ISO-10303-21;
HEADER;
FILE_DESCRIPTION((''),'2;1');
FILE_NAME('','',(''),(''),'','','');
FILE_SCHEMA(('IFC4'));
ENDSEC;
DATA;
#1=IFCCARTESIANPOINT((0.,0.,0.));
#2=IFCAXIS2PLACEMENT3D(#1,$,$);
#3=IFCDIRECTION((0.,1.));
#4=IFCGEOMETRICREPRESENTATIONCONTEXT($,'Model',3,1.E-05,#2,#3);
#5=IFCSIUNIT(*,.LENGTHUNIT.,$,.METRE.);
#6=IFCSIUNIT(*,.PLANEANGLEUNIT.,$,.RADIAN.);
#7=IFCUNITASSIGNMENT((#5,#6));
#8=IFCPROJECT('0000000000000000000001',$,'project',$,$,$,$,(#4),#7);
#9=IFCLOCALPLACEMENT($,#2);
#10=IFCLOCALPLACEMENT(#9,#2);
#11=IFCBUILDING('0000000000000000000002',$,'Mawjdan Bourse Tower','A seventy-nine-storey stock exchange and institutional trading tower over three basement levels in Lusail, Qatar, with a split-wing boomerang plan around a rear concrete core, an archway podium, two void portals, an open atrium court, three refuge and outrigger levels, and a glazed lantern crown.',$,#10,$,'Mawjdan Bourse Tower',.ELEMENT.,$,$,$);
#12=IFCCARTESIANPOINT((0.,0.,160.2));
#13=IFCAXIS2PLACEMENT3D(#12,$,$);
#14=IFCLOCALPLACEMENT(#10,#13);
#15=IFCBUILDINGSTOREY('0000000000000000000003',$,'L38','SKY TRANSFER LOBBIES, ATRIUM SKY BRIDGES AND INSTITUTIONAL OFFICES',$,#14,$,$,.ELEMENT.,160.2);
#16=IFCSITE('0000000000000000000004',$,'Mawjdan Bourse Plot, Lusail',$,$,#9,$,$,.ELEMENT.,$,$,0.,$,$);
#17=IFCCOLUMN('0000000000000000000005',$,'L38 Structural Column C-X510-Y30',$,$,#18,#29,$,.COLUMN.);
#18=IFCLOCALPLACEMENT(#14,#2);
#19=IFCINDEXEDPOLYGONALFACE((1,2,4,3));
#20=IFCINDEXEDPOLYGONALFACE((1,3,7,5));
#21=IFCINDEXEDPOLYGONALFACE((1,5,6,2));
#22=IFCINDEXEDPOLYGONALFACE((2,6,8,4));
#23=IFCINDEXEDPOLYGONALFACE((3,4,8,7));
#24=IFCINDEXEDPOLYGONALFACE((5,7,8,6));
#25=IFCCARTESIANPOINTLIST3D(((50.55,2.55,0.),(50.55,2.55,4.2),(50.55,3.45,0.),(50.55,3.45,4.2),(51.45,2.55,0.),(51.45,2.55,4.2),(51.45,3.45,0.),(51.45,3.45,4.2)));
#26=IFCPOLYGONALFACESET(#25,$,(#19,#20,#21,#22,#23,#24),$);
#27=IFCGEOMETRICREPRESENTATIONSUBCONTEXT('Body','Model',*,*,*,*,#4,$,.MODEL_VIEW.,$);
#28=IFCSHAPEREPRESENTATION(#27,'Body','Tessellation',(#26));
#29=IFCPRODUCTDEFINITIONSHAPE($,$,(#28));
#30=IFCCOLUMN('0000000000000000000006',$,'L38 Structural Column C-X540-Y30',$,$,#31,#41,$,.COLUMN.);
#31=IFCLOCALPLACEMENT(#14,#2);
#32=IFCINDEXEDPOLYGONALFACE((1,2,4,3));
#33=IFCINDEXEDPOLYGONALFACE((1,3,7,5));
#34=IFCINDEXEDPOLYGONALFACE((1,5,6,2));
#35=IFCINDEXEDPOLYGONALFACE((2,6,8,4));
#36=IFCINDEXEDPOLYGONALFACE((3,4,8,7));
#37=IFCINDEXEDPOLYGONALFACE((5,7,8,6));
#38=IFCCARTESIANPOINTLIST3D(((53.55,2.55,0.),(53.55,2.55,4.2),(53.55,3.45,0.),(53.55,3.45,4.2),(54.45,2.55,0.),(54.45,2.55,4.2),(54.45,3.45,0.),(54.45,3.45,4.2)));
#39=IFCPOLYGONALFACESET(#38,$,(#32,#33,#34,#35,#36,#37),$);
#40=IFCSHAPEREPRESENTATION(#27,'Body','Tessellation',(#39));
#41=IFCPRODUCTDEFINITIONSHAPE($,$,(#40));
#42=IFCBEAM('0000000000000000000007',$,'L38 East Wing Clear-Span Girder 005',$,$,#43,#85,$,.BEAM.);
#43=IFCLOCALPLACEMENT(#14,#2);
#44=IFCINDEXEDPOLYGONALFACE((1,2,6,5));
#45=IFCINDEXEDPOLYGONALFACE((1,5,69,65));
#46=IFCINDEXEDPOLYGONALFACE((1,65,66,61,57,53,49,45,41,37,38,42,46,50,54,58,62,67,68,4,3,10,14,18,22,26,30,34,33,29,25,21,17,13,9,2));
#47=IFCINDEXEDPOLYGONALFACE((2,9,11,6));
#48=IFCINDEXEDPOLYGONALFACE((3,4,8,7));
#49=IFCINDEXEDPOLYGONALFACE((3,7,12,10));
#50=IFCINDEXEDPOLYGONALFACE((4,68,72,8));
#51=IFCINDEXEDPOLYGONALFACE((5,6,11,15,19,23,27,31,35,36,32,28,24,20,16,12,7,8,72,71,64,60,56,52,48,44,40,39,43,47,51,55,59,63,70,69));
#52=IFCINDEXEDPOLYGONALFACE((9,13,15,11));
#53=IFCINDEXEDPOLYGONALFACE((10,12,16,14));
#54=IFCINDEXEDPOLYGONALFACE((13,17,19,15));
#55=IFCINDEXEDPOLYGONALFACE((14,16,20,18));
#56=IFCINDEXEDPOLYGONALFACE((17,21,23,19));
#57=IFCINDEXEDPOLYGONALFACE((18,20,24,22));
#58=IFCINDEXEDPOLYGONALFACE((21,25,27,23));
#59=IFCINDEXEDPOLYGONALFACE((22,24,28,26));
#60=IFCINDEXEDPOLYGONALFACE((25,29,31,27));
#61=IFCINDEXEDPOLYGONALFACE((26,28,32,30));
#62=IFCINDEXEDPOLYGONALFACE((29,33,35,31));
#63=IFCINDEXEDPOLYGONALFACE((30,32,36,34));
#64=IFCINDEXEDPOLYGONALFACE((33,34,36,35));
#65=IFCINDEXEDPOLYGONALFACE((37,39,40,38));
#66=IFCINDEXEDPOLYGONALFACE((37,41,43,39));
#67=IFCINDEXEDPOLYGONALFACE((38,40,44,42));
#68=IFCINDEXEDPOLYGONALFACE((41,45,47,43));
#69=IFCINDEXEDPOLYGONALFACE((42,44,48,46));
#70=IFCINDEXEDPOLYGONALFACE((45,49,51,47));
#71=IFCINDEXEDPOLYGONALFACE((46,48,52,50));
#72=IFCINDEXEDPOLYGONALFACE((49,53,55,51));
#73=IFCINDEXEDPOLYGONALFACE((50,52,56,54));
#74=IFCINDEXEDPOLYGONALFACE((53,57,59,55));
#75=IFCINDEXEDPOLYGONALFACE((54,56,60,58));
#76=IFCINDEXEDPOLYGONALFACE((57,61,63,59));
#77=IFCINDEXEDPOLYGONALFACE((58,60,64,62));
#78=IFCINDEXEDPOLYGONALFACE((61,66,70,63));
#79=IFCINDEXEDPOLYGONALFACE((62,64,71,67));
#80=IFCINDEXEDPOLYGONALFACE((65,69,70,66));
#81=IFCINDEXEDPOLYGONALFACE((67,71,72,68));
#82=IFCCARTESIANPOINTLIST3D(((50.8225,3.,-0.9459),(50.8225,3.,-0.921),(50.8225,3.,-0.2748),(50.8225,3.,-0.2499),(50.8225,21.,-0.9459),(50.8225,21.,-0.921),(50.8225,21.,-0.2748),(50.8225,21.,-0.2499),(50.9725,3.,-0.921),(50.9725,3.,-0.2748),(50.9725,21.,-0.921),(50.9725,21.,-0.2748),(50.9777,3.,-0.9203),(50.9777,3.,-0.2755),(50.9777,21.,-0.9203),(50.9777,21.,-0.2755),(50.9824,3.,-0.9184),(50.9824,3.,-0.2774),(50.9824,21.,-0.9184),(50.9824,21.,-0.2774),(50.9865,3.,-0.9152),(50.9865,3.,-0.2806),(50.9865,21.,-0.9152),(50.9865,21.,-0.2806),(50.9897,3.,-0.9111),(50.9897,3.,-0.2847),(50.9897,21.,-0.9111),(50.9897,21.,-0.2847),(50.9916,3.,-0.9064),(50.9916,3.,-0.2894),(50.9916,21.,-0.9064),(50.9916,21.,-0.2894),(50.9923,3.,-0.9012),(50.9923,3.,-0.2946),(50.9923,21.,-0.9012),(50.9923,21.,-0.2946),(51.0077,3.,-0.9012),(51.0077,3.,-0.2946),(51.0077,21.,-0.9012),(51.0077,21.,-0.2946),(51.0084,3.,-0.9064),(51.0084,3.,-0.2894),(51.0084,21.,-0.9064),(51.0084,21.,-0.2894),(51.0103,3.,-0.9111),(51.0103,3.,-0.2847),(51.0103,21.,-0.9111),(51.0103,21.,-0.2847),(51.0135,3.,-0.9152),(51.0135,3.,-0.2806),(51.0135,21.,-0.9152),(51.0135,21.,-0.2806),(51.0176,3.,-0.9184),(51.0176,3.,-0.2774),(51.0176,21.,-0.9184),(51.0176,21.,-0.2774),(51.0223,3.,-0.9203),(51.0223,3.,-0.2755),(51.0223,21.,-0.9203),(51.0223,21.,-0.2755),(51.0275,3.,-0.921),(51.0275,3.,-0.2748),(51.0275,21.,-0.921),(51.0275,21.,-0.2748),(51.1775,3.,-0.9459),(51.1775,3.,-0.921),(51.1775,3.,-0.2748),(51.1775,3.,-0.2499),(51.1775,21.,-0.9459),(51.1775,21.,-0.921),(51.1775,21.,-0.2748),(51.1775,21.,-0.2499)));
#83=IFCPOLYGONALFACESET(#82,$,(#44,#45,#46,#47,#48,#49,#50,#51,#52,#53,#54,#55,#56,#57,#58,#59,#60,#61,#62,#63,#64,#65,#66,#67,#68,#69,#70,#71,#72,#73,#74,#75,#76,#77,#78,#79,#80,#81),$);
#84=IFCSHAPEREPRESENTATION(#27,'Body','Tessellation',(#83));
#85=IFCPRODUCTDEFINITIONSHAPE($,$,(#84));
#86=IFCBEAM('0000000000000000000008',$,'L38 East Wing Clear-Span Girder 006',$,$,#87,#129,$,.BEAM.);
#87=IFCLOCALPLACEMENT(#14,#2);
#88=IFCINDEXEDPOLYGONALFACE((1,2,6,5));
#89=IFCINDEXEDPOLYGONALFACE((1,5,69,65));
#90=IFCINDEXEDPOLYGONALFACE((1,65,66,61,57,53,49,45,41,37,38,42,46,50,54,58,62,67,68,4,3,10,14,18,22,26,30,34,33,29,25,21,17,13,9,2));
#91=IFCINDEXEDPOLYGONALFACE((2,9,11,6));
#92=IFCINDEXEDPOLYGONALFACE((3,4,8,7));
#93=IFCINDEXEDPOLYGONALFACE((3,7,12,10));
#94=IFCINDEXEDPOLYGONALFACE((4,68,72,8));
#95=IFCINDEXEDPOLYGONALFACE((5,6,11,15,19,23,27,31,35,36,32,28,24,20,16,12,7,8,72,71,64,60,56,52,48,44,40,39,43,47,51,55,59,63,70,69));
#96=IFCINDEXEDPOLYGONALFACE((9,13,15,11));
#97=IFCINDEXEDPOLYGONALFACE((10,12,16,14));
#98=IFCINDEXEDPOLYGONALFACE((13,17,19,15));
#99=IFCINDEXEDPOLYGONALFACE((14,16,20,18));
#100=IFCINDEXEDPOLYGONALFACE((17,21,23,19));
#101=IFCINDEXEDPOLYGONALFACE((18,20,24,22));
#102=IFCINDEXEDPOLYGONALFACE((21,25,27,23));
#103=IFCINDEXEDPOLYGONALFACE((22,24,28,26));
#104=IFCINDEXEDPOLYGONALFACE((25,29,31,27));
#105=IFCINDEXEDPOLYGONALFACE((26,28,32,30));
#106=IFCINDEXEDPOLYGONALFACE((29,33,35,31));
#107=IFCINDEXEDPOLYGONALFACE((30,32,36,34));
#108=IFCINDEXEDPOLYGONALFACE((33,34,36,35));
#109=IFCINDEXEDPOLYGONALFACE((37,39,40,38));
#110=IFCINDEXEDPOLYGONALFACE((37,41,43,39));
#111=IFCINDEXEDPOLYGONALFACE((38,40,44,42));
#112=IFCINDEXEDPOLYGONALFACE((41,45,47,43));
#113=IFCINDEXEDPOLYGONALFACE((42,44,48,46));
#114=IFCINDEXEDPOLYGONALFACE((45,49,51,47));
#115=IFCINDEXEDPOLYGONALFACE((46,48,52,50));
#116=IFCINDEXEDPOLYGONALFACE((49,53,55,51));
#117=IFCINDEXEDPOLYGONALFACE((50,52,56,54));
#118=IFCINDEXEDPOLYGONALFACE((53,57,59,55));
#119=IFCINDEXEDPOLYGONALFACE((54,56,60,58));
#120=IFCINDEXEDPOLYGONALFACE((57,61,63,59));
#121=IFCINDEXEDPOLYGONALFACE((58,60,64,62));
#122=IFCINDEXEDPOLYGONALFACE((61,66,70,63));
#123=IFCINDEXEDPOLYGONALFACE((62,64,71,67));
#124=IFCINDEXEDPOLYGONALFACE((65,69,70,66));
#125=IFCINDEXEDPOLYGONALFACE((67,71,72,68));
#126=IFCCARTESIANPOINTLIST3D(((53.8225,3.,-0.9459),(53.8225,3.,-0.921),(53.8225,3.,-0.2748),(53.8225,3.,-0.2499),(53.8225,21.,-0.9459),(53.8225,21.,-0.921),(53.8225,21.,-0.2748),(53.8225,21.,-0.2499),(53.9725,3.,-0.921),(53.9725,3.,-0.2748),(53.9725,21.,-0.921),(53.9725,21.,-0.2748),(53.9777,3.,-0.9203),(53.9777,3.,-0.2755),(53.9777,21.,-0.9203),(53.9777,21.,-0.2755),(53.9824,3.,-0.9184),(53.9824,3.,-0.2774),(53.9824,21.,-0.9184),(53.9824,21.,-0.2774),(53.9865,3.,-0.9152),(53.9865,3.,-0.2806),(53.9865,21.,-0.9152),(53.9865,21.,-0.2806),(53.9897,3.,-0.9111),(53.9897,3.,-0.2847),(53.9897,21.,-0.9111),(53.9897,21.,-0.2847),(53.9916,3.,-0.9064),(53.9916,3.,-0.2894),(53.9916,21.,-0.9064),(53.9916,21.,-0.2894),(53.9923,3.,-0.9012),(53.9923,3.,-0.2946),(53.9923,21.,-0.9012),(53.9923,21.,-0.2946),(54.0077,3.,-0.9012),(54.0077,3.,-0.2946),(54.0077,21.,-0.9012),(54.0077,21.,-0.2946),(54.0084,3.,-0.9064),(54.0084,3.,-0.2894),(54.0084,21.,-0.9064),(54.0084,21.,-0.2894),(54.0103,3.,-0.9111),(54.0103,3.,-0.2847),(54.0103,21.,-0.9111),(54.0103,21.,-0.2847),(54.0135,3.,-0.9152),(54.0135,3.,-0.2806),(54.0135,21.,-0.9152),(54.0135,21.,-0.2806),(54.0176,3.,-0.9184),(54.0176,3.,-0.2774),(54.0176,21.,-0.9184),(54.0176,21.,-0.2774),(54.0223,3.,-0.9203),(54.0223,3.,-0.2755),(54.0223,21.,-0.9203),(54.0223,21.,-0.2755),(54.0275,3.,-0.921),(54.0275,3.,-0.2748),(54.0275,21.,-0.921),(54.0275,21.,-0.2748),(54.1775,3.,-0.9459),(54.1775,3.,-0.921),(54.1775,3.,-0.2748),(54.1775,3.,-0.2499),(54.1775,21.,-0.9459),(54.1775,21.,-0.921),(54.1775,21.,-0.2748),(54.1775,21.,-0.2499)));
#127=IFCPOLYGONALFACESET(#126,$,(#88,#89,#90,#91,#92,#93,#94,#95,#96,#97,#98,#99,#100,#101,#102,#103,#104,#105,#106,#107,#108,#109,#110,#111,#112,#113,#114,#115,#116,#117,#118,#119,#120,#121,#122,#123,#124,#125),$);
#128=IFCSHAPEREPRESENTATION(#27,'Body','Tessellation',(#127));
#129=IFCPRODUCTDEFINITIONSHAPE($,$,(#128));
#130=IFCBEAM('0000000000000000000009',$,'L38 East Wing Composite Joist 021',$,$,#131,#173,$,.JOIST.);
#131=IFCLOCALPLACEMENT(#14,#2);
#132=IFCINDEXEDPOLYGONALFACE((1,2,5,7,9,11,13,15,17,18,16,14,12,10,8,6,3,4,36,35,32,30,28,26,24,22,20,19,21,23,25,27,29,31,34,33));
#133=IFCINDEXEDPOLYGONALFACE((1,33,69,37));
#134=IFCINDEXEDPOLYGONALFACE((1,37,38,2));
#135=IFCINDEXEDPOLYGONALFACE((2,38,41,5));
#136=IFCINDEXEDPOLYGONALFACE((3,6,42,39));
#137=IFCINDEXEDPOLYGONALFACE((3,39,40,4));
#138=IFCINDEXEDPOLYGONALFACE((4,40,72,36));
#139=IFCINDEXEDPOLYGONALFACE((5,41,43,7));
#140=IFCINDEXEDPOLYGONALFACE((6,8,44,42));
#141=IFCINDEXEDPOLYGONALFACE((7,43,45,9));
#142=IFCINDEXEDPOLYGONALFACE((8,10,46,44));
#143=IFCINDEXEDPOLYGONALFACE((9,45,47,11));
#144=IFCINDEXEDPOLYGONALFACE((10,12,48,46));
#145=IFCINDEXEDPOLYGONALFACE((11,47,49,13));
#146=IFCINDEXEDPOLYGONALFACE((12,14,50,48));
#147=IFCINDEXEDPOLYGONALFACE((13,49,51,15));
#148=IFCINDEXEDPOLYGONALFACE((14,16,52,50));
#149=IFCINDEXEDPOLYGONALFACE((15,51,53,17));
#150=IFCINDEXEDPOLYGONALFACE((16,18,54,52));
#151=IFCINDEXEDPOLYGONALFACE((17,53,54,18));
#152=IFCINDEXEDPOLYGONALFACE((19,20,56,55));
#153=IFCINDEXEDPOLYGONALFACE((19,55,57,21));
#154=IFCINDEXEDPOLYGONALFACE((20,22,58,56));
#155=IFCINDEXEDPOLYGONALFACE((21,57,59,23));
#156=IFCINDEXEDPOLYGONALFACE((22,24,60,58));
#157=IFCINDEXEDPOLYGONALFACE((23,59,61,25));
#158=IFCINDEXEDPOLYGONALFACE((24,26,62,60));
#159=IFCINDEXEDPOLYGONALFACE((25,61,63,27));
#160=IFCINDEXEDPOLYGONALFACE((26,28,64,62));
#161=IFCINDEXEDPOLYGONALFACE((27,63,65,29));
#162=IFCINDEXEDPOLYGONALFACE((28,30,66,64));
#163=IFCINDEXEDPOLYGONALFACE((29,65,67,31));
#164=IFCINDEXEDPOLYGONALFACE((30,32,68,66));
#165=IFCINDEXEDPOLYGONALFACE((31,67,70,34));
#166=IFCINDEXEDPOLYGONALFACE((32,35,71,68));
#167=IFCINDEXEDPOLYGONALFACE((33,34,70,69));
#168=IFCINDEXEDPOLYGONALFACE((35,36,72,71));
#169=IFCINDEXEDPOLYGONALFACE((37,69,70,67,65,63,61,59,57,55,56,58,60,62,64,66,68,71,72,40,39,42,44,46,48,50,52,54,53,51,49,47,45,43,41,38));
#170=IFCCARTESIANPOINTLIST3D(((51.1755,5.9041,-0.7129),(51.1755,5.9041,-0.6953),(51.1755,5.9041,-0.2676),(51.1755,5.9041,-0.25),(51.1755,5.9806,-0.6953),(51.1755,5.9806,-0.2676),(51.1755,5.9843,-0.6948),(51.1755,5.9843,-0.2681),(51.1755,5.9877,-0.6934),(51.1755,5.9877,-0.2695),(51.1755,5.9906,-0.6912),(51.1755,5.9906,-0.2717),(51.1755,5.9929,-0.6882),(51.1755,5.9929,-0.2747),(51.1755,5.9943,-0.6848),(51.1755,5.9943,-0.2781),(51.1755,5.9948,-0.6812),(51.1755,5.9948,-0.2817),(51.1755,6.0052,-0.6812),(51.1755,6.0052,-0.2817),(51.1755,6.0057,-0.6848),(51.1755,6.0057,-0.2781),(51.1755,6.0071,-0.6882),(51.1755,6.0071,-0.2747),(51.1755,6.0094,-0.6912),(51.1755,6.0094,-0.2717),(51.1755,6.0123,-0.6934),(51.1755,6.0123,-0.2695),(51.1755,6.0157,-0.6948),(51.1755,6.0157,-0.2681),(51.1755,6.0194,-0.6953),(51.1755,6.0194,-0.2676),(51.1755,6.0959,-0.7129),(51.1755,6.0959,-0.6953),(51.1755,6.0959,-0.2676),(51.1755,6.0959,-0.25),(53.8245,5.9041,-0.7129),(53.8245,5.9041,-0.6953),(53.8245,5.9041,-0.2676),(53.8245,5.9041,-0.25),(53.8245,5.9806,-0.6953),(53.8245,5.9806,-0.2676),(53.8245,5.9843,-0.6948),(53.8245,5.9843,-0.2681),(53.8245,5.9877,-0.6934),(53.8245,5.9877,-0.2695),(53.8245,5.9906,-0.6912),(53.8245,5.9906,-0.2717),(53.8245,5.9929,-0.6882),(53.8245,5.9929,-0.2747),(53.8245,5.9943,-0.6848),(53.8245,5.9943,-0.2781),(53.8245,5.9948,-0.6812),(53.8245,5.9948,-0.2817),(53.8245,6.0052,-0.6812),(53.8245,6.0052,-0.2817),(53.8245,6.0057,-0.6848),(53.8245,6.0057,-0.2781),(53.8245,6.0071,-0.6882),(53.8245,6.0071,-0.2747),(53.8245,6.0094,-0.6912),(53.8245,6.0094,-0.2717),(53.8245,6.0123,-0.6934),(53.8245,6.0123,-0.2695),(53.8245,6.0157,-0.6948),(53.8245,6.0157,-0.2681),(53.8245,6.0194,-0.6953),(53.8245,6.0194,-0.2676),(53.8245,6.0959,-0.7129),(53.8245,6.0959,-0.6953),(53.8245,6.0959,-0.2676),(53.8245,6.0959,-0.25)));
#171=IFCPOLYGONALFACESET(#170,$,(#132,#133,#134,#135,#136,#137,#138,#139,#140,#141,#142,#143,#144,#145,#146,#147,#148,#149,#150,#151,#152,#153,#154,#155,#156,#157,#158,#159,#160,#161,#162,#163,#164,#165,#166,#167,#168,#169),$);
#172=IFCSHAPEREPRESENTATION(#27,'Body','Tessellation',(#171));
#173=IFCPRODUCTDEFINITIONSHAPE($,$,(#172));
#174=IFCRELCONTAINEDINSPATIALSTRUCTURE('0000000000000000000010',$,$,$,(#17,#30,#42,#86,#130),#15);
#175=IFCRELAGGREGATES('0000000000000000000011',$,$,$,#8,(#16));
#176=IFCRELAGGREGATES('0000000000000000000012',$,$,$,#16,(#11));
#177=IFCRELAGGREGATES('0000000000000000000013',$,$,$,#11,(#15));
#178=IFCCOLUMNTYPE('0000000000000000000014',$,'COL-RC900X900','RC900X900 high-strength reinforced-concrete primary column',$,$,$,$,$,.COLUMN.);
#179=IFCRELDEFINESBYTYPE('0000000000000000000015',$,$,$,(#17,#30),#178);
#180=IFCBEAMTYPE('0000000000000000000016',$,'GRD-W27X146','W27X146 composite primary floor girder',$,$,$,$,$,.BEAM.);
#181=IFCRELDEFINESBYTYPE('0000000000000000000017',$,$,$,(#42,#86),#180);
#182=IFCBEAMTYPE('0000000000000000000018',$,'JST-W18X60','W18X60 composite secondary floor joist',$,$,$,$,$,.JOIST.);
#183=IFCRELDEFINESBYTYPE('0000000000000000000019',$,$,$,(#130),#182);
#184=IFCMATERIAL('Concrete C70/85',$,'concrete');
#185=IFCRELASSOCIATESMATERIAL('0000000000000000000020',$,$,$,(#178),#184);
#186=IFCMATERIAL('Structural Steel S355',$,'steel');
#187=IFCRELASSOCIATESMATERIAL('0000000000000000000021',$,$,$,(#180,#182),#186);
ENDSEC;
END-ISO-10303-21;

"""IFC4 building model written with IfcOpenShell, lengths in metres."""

from ifc_helpers import new_model, si_unit, direction, frame, origin, origin_2d, place, context, subcontext, project, spatial, rectangle, i_section, extrude, material, material_profile, profile_set, type_object, element, save


model = new_model("IFC4")

# Units and contexts
model_context = context("Model", 3, precision=1e-05, world=origin(), true_north=direction((0.0, 1.0)))
body_context = subcontext(model_context, "Body", "Model", "MODEL_VIEW")
ifc_project = project(units=[si_unit("LENGTHUNIT", "METRE"), si_unit("PLANEANGLEUNIT", "RADIAN")], contexts=[model_context])

# Site, building, storey
site_placement = place(None, origin())
site = spatial("IfcSite", under=ifc_project, at=site_placement, Name="Mawjdan Bourse Plot, Lusail", CompositionType="ELEMENT", RefElevation=0.0)
building_placement = place(site_placement, origin())
building = spatial("IfcBuilding", under=site, at=building_placement, Name="Mawjdan Bourse Tower", Description="A seventy-nine-storey stock exchange and institutional trading tower over three basement levels in Lusail, Qatar, with a split-wing boomerang plan around a rear concrete core, an archway podium, two void portals, an open atrium court, three refuge and outrigger levels, and a glazed lantern crown.", LongName="Mawjdan Bourse Tower", CompositionType="ELEMENT")
storey_placement = place(building_placement, frame((0.0, 0.0, 160.2)))
storey = spatial("IfcBuildingStorey", under=building, at=storey_placement, Name="L38", Description="SKY TRANSFER LOBBIES, ATRIUM SKY BRIDGES AND INSTITUTIONAL OFFICES", CompositionType="ELEMENT", Elevation=160.2)

# Columns
ifc_material_1 = material(Name="Concrete C70/85", Category="concrete")
ifc_material_profile_1 = material_profile(ifc_material_1, rectangle(XDim=0.8999, YDim=0.8999, at=origin_2d()), Name="RC900X900")
ifc_profile_set_1 = profile_set([ifc_material_profile_1], Name="Concrete C70/85")
column_type = type_object("IfcColumnType", Name="COL-RC900X900", Description="RC900X900 high-strength reinforced-concrete primary column", PredefinedType="COLUMN", material=ifc_profile_set_1)
for number, where, z_axis, x_axis, name in (
    (1, (51.0, 3.0, 0.0), (0.0, 0.0, 1.0), (1.0, 0.0, 0.0), "L38 Structural Column C-X510-Y30"),
    (2, (54.0, 3.0, 0.0), (0.0, 0.0, 1.0), (1.0, 0.0, 0.0), "L38 Structural Column C-X540-Y30"),
):
    element("IfcColumn", number, at=place(storey_placement, frame(where, z_axis=z_axis, x_axis=x_axis)), inside=storey, type_object=column_type, Name=name, PredefinedType="COLUMN", context=body_context, shape_type="SweptSolid", body=[
        extrude(rectangle(XDim=0.8999, YDim=0.8999, at=origin_2d()), origin(), (0.0, 0.0, 1.0), 4.2),
    ])

# Beams
ifc_material_2 = material(Name="Structural Steel S355", Category="steel")
ifc_material_profile_2 = material_profile(ifc_material_2, i_section(OverallWidth=0.355, OverallDepth=0.696, WebThickness=0.0154, FlangeThickness=0.0249, FilletRadius=0.0198, at=origin_2d()), Name="W27X146")
ifc_profile_set_2 = profile_set([ifc_material_profile_2], Name="Structural Steel S355")
beam_type_1 = type_object("IfcBeamType", Name="GRD-W27X146", Description="W27X146 composite primary floor girder", PredefinedType="BEAM", material=ifc_profile_set_2)
for number, where, z_axis, x_axis, name in (
    (3, (51.0, 3.0, -0.5979), (0.0, 1.0, 0.0), (-1.0, 0.0, 0.0), "L38 East Wing Clear-Span Girder 005"),
    (4, (54.0, 3.0, -0.5979), (0.0, 1.0, 0.0), (-1.0, 0.0, 0.0), "L38 East Wing Clear-Span Girder 006"),
):
    element("IfcBeam", number, at=place(storey_placement, frame(where, z_axis=z_axis, x_axis=x_axis)), inside=storey, type_object=beam_type_1, Name=name, PredefinedType="BEAM", context=body_context, shape_type="SweptSolid", body=[
        extrude(i_section(OverallWidth=0.355, OverallDepth=0.696, WebThickness=0.0154, FlangeThickness=0.0249, FilletRadius=0.0198, at=origin_2d()), origin(), (0.0, 0.0, 1.0), 18.0),
    ])
ifc_material_profile_3 = material_profile(ifc_material_2, i_section(OverallWidth=0.1919, OverallDepth=0.4629, WebThickness=0.0105, FlangeThickness=0.0176, FilletRadius=0.0142, at=origin_2d()), Name="W18X60")
ifc_profile_set_3 = profile_set([ifc_material_profile_3], Name="Structural Steel S355")
beam_type_2 = type_object("IfcBeamType", Name="JST-W18X60", Description="W18X60 composite secondary floor joist", PredefinedType="JOIST", material=ifc_profile_set_3)
for number, where, z_axis, x_axis, name in (
    (5, (51.1755, 6.0, -0.4814), (1.0, 0.0, 0.0), (0.0, 1.0, 0.0), "L38 East Wing Composite Joist 021"),
):
    element("IfcBeam", number, at=place(storey_placement, frame(where, z_axis=z_axis, x_axis=x_axis)), inside=storey, type_object=beam_type_2, Name=name, PredefinedType="JOIST", context=body_context, shape_type="SweptSolid", body=[
        extrude(i_section(OverallWidth=0.1919, OverallDepth=0.4629, WebThickness=0.0105, FlangeThickness=0.0176, FilletRadius=0.0142, at=origin_2d()), origin(), (0.0, 0.0, 1.0), 2.6489),
    ])

save(model, "model.ifc")
